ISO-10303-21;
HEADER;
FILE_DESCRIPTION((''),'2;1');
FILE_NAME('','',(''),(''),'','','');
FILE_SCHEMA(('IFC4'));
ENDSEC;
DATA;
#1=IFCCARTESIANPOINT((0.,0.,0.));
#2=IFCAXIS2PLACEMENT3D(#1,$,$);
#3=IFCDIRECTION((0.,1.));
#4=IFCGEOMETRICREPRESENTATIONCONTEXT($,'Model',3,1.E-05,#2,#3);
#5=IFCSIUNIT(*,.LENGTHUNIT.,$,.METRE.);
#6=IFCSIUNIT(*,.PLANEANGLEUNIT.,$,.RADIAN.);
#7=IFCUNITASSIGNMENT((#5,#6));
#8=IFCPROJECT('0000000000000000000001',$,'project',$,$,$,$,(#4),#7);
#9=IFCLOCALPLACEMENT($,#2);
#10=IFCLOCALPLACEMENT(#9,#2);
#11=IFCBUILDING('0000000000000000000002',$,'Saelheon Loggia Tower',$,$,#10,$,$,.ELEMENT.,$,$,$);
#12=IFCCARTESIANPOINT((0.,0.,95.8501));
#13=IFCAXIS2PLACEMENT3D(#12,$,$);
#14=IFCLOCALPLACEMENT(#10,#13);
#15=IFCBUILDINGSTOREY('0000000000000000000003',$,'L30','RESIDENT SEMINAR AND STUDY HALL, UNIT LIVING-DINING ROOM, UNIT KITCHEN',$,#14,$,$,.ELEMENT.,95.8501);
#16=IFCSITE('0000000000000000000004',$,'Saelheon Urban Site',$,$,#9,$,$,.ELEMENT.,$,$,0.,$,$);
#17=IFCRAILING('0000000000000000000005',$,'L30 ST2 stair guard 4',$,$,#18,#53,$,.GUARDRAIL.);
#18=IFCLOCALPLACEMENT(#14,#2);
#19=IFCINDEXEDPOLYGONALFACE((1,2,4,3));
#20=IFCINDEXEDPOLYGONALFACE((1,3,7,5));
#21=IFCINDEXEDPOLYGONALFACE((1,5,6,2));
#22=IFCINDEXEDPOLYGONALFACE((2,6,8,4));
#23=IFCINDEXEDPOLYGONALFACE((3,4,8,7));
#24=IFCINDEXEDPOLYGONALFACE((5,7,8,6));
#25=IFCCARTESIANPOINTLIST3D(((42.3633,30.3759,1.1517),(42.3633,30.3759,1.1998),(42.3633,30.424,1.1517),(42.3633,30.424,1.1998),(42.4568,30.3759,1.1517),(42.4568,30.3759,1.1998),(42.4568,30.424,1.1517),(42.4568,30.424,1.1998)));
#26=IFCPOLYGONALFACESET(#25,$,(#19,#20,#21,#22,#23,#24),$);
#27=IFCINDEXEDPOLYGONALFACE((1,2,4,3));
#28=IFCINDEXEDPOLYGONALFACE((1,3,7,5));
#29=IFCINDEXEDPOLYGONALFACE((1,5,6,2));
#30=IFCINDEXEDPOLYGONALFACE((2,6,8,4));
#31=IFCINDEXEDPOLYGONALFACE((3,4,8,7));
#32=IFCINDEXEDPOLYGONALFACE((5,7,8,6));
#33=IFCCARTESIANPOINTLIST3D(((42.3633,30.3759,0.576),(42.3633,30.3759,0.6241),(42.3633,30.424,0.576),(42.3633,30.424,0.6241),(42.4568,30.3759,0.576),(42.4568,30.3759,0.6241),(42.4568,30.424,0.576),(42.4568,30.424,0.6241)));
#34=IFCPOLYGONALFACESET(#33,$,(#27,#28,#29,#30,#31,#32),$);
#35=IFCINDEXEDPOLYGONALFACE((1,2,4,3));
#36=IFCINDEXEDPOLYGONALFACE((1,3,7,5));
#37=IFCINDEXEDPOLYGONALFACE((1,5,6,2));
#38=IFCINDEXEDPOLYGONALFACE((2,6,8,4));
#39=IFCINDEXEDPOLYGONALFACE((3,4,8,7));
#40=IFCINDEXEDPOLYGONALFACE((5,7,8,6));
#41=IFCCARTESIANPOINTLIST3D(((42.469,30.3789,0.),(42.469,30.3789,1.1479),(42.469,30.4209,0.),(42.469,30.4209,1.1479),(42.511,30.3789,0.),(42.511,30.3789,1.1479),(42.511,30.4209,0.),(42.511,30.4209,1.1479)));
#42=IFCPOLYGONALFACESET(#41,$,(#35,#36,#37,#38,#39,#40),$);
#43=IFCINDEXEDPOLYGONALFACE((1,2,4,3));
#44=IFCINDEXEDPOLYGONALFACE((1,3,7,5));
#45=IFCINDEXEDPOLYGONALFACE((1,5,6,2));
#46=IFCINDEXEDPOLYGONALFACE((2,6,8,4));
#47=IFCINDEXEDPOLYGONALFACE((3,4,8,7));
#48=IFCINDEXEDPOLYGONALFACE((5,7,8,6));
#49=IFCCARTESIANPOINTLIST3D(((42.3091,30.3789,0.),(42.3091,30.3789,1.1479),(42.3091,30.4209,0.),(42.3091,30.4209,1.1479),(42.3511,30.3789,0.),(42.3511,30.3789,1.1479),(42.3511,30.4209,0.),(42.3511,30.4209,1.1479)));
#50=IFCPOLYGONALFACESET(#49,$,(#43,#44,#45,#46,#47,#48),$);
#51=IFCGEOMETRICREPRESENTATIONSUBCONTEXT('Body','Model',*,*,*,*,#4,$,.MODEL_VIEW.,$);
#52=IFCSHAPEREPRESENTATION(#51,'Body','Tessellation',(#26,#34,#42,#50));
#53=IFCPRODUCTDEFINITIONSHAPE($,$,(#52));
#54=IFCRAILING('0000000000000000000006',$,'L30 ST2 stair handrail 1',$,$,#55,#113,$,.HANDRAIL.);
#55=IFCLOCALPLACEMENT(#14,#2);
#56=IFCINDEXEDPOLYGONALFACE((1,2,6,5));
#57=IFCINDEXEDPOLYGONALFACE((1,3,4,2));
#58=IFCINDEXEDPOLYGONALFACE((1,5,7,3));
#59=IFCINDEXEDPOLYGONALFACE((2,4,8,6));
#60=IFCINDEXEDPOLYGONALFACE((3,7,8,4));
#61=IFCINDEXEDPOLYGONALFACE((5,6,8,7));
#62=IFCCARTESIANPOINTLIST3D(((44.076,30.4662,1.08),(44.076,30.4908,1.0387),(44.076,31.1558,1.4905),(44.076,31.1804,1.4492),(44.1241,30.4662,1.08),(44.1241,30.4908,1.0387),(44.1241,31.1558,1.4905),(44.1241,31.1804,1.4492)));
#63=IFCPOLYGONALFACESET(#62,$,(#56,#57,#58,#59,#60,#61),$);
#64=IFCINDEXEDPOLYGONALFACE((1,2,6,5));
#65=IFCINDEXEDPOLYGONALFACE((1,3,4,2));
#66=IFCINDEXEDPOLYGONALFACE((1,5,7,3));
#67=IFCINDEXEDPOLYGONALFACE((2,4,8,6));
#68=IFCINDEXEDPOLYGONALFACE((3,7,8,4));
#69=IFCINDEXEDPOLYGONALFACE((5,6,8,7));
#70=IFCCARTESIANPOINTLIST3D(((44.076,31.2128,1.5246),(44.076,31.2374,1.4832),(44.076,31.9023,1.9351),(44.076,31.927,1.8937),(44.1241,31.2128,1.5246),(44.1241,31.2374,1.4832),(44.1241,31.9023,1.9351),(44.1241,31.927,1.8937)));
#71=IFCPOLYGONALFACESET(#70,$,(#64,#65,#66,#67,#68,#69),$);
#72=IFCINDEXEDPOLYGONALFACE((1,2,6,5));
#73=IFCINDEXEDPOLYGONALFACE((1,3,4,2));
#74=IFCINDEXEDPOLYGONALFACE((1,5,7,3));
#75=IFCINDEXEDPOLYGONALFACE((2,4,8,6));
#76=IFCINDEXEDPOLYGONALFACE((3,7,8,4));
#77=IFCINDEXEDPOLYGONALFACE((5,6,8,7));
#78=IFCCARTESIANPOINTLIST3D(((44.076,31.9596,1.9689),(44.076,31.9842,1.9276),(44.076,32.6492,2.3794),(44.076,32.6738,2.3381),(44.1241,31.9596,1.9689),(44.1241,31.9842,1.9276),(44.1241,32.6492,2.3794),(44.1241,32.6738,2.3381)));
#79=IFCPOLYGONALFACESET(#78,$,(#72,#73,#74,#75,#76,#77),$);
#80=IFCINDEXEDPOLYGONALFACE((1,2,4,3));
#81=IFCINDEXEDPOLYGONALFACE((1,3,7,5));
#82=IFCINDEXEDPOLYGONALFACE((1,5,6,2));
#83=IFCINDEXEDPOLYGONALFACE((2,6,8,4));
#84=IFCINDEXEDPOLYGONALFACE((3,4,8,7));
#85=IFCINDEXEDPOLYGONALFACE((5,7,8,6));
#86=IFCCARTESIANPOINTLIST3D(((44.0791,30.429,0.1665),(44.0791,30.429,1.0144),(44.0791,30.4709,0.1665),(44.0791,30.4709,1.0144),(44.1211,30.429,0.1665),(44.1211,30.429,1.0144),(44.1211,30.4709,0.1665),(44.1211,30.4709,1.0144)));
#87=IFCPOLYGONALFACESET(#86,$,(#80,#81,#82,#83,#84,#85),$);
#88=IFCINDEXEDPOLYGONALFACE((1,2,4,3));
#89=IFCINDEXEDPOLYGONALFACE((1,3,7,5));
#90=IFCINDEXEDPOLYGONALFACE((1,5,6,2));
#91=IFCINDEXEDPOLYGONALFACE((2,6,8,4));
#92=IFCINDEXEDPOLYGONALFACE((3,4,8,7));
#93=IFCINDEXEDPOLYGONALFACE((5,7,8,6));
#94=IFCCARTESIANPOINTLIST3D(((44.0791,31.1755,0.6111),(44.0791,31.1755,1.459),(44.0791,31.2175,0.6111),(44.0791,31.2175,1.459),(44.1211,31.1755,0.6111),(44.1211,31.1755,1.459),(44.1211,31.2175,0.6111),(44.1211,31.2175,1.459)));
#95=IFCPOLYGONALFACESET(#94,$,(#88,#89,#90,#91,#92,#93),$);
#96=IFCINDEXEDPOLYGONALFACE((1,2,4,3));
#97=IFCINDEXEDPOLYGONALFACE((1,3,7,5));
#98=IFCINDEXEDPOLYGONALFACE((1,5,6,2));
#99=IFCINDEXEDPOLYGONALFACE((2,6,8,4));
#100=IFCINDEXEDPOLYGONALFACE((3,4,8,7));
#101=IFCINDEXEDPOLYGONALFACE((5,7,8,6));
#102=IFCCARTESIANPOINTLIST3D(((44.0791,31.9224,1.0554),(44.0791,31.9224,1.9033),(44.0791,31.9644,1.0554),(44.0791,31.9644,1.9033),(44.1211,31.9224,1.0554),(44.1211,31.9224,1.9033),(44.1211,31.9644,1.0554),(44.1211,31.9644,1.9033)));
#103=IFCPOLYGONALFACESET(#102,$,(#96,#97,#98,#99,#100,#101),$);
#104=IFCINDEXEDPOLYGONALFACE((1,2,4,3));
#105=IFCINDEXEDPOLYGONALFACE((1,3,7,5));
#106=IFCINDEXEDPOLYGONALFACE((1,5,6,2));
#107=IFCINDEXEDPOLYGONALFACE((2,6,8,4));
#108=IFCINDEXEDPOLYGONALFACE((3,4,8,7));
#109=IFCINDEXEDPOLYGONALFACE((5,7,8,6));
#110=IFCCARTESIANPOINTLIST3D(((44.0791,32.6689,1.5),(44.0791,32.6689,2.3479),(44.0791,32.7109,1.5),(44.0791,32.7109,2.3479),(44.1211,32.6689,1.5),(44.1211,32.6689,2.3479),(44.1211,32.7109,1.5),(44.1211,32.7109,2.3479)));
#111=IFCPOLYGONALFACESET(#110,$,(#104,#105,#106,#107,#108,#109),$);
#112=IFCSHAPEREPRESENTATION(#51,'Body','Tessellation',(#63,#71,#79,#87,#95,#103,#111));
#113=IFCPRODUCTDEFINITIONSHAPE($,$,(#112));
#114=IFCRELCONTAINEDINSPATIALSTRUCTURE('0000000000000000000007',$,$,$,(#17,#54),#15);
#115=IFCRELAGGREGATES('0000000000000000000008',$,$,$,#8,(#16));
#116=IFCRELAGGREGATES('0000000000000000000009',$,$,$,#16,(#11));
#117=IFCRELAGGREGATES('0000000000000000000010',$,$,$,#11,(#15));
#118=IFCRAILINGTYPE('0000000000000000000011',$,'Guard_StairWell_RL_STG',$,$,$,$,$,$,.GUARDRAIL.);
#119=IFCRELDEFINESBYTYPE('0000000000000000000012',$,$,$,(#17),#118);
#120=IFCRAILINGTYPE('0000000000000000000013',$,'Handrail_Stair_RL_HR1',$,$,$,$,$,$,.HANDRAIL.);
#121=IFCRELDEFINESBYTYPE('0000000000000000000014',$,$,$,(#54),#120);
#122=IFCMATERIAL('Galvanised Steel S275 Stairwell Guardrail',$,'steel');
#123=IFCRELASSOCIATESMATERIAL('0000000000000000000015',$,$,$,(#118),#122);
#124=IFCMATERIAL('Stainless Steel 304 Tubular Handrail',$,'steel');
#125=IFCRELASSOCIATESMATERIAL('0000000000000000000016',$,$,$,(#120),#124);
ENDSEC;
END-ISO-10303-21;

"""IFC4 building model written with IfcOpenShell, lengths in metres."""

from ifc_helpers import new_model, si_unit, direction, frame, origin, origin_2d, place, context, subcontext, project, spatial, rectangle, extrude, material, type_object, element, save


model = new_model("IFC4")

# Units and contexts
model_context = context("Model", 3, precision=1e-05, world=origin(), true_north=direction((0.0, 1.0)))
body_context = subcontext(model_context, "Body", "Model", "MODEL_VIEW")
ifc_project = project(units=[si_unit("LENGTHUNIT", "METRE"), si_unit("PLANEANGLEUNIT", "RADIAN")], contexts=[model_context])

# Site, building, storey
site_placement = place(None, origin())
site = spatial("IfcSite", under=ifc_project, at=site_placement, Name="Saelheon Urban Site", CompositionType="ELEMENT", RefElevation=0.0)
building_placement = place(site_placement, origin())
building = spatial("IfcBuilding", under=site, at=building_placement, Name="Saelheon Loggia Tower", CompositionType="ELEMENT")
storey_placement = place(building_placement, frame((0.0, 0.0, 95.8501)))
storey = spatial("IfcBuildingStorey", under=building, at=storey_placement, Name="L30", Description="RESIDENT SEMINAR AND STUDY HALL, UNIT LIVING-DINING ROOM, UNIT KITCHEN", CompositionType="ELEMENT", Elevation=95.8501)

# Railings
ifc_material_1 = material(Name="Galvanised Steel S275 Stairwell Guardrail", Category="steel")
railing_type_1 = type_object("IfcRailingType", Name="Guard_StairWell_RL_STG", PredefinedType="GUARDRAIL", material=ifc_material_1)
railing_1_placement = place(storey_placement, frame((42.49, 30.3999, 0.0)))
element("IfcRailing", 1, at=railing_1_placement, inside=storey, type_object=railing_type_1, Name="L30 ST2 stair guard 4", PredefinedType="GUARDRAIL", context=body_context, shape_type="SweptSolid", body=[
    extrude(rectangle(XDim=0.0481, YDim=0.0481, at=origin_2d()), frame((-0.0332, 0.0, 1.1758), z_axis=(-1.0, 0.0, 0.0), x_axis=(0.0, -1.0, 0.0)), (0.0, 0.0, 1.0), 0.0935),
    extrude(rectangle(XDim=0.0481, YDim=0.0481, at=origin_2d()), frame((-0.0332, 0.0, 0.6001), z_axis=(-1.0, 0.0, 0.0), x_axis=(0.0, -1.0, 0.0)), (0.0, 0.0, 1.0), 0.0935),
    extrude(rectangle(XDim=0.042, YDim=0.042, at=origin_2d()), origin(), (0.0, 0.0, 1.0), 1.1479),
    extrude(rectangle(XDim=0.042, YDim=0.042, at=origin_2d()), frame((-0.1599, 0.0, 0.0)), (0.0, 0.0, 1.0), 1.1479),
])
ifc_material_2 = material(Name="Stainless Steel 304 Tubular Handrail", Category="steel")
railing_type_2 = type_object("IfcRailingType", Name="Handrail_Stair_RL_HR1", PredefinedType="HANDRAIL", material=ifc_material_2)
railing_2_placement = place(storey_placement, frame((44.1001, 30.45, 0.1665)))
element("IfcRailing", 2, at=railing_2_placement, inside=storey, type_object=railing_type_2, Name="L30 ST2 stair handrail 1", PredefinedType="HANDRAIL", context=body_context, shape_type="SweptSolid", body=[
    extrude(rectangle(XDim=0.0481, YDim=0.0481, at=origin_2d()), frame((0.0, 0.0286, 0.8928), z_axis=(0.0, 0.859264, 0.511532), x_axis=(-1.0, 0.0, 0.0)), (0.0, 0.0, 1.0), 0.8025),
    extrude(rectangle(XDim=0.0481, YDim=0.0481, at=origin_2d()), frame((0.0, 0.7751, 1.3374), z_axis=(0.0, 0.859264, 0.511532), x_axis=(-1.0, 0.0, 0.0)), (0.0, 0.0, 1.0), 0.8025),
    extrude(rectangle(XDim=0.0481, YDim=0.0481, at=origin_2d()), frame((0.0, 1.522, 1.7817), z_axis=(0.0, 0.859264, 0.511532), x_axis=(-1.0, 0.0, 0.0)), (0.0, 0.0, 1.0), 0.8025),
    extrude(rectangle(XDim=0.042, YDim=0.042, at=origin_2d()), origin(), (0.0, 0.0, 1.0), 0.8479),
    extrude(rectangle(XDim=0.042, YDim=0.042, at=origin_2d()), frame((0.0, 0.7466, 0.4446)), (0.0, 0.0, 1.0), 0.8479),
    extrude(rectangle(XDim=0.042, YDim=0.042, at=origin_2d()), frame((0.0, 1.4934, 0.8889)), (0.0, 0.0, 1.0), 0.8479),
    extrude(rectangle(XDim=0.042, YDim=0.042, at=origin_2d()), frame((0.0, 2.24, 1.3335)), (0.0, 0.0, 1.0), 0.8479),
])

save(model, "model.ifc")
